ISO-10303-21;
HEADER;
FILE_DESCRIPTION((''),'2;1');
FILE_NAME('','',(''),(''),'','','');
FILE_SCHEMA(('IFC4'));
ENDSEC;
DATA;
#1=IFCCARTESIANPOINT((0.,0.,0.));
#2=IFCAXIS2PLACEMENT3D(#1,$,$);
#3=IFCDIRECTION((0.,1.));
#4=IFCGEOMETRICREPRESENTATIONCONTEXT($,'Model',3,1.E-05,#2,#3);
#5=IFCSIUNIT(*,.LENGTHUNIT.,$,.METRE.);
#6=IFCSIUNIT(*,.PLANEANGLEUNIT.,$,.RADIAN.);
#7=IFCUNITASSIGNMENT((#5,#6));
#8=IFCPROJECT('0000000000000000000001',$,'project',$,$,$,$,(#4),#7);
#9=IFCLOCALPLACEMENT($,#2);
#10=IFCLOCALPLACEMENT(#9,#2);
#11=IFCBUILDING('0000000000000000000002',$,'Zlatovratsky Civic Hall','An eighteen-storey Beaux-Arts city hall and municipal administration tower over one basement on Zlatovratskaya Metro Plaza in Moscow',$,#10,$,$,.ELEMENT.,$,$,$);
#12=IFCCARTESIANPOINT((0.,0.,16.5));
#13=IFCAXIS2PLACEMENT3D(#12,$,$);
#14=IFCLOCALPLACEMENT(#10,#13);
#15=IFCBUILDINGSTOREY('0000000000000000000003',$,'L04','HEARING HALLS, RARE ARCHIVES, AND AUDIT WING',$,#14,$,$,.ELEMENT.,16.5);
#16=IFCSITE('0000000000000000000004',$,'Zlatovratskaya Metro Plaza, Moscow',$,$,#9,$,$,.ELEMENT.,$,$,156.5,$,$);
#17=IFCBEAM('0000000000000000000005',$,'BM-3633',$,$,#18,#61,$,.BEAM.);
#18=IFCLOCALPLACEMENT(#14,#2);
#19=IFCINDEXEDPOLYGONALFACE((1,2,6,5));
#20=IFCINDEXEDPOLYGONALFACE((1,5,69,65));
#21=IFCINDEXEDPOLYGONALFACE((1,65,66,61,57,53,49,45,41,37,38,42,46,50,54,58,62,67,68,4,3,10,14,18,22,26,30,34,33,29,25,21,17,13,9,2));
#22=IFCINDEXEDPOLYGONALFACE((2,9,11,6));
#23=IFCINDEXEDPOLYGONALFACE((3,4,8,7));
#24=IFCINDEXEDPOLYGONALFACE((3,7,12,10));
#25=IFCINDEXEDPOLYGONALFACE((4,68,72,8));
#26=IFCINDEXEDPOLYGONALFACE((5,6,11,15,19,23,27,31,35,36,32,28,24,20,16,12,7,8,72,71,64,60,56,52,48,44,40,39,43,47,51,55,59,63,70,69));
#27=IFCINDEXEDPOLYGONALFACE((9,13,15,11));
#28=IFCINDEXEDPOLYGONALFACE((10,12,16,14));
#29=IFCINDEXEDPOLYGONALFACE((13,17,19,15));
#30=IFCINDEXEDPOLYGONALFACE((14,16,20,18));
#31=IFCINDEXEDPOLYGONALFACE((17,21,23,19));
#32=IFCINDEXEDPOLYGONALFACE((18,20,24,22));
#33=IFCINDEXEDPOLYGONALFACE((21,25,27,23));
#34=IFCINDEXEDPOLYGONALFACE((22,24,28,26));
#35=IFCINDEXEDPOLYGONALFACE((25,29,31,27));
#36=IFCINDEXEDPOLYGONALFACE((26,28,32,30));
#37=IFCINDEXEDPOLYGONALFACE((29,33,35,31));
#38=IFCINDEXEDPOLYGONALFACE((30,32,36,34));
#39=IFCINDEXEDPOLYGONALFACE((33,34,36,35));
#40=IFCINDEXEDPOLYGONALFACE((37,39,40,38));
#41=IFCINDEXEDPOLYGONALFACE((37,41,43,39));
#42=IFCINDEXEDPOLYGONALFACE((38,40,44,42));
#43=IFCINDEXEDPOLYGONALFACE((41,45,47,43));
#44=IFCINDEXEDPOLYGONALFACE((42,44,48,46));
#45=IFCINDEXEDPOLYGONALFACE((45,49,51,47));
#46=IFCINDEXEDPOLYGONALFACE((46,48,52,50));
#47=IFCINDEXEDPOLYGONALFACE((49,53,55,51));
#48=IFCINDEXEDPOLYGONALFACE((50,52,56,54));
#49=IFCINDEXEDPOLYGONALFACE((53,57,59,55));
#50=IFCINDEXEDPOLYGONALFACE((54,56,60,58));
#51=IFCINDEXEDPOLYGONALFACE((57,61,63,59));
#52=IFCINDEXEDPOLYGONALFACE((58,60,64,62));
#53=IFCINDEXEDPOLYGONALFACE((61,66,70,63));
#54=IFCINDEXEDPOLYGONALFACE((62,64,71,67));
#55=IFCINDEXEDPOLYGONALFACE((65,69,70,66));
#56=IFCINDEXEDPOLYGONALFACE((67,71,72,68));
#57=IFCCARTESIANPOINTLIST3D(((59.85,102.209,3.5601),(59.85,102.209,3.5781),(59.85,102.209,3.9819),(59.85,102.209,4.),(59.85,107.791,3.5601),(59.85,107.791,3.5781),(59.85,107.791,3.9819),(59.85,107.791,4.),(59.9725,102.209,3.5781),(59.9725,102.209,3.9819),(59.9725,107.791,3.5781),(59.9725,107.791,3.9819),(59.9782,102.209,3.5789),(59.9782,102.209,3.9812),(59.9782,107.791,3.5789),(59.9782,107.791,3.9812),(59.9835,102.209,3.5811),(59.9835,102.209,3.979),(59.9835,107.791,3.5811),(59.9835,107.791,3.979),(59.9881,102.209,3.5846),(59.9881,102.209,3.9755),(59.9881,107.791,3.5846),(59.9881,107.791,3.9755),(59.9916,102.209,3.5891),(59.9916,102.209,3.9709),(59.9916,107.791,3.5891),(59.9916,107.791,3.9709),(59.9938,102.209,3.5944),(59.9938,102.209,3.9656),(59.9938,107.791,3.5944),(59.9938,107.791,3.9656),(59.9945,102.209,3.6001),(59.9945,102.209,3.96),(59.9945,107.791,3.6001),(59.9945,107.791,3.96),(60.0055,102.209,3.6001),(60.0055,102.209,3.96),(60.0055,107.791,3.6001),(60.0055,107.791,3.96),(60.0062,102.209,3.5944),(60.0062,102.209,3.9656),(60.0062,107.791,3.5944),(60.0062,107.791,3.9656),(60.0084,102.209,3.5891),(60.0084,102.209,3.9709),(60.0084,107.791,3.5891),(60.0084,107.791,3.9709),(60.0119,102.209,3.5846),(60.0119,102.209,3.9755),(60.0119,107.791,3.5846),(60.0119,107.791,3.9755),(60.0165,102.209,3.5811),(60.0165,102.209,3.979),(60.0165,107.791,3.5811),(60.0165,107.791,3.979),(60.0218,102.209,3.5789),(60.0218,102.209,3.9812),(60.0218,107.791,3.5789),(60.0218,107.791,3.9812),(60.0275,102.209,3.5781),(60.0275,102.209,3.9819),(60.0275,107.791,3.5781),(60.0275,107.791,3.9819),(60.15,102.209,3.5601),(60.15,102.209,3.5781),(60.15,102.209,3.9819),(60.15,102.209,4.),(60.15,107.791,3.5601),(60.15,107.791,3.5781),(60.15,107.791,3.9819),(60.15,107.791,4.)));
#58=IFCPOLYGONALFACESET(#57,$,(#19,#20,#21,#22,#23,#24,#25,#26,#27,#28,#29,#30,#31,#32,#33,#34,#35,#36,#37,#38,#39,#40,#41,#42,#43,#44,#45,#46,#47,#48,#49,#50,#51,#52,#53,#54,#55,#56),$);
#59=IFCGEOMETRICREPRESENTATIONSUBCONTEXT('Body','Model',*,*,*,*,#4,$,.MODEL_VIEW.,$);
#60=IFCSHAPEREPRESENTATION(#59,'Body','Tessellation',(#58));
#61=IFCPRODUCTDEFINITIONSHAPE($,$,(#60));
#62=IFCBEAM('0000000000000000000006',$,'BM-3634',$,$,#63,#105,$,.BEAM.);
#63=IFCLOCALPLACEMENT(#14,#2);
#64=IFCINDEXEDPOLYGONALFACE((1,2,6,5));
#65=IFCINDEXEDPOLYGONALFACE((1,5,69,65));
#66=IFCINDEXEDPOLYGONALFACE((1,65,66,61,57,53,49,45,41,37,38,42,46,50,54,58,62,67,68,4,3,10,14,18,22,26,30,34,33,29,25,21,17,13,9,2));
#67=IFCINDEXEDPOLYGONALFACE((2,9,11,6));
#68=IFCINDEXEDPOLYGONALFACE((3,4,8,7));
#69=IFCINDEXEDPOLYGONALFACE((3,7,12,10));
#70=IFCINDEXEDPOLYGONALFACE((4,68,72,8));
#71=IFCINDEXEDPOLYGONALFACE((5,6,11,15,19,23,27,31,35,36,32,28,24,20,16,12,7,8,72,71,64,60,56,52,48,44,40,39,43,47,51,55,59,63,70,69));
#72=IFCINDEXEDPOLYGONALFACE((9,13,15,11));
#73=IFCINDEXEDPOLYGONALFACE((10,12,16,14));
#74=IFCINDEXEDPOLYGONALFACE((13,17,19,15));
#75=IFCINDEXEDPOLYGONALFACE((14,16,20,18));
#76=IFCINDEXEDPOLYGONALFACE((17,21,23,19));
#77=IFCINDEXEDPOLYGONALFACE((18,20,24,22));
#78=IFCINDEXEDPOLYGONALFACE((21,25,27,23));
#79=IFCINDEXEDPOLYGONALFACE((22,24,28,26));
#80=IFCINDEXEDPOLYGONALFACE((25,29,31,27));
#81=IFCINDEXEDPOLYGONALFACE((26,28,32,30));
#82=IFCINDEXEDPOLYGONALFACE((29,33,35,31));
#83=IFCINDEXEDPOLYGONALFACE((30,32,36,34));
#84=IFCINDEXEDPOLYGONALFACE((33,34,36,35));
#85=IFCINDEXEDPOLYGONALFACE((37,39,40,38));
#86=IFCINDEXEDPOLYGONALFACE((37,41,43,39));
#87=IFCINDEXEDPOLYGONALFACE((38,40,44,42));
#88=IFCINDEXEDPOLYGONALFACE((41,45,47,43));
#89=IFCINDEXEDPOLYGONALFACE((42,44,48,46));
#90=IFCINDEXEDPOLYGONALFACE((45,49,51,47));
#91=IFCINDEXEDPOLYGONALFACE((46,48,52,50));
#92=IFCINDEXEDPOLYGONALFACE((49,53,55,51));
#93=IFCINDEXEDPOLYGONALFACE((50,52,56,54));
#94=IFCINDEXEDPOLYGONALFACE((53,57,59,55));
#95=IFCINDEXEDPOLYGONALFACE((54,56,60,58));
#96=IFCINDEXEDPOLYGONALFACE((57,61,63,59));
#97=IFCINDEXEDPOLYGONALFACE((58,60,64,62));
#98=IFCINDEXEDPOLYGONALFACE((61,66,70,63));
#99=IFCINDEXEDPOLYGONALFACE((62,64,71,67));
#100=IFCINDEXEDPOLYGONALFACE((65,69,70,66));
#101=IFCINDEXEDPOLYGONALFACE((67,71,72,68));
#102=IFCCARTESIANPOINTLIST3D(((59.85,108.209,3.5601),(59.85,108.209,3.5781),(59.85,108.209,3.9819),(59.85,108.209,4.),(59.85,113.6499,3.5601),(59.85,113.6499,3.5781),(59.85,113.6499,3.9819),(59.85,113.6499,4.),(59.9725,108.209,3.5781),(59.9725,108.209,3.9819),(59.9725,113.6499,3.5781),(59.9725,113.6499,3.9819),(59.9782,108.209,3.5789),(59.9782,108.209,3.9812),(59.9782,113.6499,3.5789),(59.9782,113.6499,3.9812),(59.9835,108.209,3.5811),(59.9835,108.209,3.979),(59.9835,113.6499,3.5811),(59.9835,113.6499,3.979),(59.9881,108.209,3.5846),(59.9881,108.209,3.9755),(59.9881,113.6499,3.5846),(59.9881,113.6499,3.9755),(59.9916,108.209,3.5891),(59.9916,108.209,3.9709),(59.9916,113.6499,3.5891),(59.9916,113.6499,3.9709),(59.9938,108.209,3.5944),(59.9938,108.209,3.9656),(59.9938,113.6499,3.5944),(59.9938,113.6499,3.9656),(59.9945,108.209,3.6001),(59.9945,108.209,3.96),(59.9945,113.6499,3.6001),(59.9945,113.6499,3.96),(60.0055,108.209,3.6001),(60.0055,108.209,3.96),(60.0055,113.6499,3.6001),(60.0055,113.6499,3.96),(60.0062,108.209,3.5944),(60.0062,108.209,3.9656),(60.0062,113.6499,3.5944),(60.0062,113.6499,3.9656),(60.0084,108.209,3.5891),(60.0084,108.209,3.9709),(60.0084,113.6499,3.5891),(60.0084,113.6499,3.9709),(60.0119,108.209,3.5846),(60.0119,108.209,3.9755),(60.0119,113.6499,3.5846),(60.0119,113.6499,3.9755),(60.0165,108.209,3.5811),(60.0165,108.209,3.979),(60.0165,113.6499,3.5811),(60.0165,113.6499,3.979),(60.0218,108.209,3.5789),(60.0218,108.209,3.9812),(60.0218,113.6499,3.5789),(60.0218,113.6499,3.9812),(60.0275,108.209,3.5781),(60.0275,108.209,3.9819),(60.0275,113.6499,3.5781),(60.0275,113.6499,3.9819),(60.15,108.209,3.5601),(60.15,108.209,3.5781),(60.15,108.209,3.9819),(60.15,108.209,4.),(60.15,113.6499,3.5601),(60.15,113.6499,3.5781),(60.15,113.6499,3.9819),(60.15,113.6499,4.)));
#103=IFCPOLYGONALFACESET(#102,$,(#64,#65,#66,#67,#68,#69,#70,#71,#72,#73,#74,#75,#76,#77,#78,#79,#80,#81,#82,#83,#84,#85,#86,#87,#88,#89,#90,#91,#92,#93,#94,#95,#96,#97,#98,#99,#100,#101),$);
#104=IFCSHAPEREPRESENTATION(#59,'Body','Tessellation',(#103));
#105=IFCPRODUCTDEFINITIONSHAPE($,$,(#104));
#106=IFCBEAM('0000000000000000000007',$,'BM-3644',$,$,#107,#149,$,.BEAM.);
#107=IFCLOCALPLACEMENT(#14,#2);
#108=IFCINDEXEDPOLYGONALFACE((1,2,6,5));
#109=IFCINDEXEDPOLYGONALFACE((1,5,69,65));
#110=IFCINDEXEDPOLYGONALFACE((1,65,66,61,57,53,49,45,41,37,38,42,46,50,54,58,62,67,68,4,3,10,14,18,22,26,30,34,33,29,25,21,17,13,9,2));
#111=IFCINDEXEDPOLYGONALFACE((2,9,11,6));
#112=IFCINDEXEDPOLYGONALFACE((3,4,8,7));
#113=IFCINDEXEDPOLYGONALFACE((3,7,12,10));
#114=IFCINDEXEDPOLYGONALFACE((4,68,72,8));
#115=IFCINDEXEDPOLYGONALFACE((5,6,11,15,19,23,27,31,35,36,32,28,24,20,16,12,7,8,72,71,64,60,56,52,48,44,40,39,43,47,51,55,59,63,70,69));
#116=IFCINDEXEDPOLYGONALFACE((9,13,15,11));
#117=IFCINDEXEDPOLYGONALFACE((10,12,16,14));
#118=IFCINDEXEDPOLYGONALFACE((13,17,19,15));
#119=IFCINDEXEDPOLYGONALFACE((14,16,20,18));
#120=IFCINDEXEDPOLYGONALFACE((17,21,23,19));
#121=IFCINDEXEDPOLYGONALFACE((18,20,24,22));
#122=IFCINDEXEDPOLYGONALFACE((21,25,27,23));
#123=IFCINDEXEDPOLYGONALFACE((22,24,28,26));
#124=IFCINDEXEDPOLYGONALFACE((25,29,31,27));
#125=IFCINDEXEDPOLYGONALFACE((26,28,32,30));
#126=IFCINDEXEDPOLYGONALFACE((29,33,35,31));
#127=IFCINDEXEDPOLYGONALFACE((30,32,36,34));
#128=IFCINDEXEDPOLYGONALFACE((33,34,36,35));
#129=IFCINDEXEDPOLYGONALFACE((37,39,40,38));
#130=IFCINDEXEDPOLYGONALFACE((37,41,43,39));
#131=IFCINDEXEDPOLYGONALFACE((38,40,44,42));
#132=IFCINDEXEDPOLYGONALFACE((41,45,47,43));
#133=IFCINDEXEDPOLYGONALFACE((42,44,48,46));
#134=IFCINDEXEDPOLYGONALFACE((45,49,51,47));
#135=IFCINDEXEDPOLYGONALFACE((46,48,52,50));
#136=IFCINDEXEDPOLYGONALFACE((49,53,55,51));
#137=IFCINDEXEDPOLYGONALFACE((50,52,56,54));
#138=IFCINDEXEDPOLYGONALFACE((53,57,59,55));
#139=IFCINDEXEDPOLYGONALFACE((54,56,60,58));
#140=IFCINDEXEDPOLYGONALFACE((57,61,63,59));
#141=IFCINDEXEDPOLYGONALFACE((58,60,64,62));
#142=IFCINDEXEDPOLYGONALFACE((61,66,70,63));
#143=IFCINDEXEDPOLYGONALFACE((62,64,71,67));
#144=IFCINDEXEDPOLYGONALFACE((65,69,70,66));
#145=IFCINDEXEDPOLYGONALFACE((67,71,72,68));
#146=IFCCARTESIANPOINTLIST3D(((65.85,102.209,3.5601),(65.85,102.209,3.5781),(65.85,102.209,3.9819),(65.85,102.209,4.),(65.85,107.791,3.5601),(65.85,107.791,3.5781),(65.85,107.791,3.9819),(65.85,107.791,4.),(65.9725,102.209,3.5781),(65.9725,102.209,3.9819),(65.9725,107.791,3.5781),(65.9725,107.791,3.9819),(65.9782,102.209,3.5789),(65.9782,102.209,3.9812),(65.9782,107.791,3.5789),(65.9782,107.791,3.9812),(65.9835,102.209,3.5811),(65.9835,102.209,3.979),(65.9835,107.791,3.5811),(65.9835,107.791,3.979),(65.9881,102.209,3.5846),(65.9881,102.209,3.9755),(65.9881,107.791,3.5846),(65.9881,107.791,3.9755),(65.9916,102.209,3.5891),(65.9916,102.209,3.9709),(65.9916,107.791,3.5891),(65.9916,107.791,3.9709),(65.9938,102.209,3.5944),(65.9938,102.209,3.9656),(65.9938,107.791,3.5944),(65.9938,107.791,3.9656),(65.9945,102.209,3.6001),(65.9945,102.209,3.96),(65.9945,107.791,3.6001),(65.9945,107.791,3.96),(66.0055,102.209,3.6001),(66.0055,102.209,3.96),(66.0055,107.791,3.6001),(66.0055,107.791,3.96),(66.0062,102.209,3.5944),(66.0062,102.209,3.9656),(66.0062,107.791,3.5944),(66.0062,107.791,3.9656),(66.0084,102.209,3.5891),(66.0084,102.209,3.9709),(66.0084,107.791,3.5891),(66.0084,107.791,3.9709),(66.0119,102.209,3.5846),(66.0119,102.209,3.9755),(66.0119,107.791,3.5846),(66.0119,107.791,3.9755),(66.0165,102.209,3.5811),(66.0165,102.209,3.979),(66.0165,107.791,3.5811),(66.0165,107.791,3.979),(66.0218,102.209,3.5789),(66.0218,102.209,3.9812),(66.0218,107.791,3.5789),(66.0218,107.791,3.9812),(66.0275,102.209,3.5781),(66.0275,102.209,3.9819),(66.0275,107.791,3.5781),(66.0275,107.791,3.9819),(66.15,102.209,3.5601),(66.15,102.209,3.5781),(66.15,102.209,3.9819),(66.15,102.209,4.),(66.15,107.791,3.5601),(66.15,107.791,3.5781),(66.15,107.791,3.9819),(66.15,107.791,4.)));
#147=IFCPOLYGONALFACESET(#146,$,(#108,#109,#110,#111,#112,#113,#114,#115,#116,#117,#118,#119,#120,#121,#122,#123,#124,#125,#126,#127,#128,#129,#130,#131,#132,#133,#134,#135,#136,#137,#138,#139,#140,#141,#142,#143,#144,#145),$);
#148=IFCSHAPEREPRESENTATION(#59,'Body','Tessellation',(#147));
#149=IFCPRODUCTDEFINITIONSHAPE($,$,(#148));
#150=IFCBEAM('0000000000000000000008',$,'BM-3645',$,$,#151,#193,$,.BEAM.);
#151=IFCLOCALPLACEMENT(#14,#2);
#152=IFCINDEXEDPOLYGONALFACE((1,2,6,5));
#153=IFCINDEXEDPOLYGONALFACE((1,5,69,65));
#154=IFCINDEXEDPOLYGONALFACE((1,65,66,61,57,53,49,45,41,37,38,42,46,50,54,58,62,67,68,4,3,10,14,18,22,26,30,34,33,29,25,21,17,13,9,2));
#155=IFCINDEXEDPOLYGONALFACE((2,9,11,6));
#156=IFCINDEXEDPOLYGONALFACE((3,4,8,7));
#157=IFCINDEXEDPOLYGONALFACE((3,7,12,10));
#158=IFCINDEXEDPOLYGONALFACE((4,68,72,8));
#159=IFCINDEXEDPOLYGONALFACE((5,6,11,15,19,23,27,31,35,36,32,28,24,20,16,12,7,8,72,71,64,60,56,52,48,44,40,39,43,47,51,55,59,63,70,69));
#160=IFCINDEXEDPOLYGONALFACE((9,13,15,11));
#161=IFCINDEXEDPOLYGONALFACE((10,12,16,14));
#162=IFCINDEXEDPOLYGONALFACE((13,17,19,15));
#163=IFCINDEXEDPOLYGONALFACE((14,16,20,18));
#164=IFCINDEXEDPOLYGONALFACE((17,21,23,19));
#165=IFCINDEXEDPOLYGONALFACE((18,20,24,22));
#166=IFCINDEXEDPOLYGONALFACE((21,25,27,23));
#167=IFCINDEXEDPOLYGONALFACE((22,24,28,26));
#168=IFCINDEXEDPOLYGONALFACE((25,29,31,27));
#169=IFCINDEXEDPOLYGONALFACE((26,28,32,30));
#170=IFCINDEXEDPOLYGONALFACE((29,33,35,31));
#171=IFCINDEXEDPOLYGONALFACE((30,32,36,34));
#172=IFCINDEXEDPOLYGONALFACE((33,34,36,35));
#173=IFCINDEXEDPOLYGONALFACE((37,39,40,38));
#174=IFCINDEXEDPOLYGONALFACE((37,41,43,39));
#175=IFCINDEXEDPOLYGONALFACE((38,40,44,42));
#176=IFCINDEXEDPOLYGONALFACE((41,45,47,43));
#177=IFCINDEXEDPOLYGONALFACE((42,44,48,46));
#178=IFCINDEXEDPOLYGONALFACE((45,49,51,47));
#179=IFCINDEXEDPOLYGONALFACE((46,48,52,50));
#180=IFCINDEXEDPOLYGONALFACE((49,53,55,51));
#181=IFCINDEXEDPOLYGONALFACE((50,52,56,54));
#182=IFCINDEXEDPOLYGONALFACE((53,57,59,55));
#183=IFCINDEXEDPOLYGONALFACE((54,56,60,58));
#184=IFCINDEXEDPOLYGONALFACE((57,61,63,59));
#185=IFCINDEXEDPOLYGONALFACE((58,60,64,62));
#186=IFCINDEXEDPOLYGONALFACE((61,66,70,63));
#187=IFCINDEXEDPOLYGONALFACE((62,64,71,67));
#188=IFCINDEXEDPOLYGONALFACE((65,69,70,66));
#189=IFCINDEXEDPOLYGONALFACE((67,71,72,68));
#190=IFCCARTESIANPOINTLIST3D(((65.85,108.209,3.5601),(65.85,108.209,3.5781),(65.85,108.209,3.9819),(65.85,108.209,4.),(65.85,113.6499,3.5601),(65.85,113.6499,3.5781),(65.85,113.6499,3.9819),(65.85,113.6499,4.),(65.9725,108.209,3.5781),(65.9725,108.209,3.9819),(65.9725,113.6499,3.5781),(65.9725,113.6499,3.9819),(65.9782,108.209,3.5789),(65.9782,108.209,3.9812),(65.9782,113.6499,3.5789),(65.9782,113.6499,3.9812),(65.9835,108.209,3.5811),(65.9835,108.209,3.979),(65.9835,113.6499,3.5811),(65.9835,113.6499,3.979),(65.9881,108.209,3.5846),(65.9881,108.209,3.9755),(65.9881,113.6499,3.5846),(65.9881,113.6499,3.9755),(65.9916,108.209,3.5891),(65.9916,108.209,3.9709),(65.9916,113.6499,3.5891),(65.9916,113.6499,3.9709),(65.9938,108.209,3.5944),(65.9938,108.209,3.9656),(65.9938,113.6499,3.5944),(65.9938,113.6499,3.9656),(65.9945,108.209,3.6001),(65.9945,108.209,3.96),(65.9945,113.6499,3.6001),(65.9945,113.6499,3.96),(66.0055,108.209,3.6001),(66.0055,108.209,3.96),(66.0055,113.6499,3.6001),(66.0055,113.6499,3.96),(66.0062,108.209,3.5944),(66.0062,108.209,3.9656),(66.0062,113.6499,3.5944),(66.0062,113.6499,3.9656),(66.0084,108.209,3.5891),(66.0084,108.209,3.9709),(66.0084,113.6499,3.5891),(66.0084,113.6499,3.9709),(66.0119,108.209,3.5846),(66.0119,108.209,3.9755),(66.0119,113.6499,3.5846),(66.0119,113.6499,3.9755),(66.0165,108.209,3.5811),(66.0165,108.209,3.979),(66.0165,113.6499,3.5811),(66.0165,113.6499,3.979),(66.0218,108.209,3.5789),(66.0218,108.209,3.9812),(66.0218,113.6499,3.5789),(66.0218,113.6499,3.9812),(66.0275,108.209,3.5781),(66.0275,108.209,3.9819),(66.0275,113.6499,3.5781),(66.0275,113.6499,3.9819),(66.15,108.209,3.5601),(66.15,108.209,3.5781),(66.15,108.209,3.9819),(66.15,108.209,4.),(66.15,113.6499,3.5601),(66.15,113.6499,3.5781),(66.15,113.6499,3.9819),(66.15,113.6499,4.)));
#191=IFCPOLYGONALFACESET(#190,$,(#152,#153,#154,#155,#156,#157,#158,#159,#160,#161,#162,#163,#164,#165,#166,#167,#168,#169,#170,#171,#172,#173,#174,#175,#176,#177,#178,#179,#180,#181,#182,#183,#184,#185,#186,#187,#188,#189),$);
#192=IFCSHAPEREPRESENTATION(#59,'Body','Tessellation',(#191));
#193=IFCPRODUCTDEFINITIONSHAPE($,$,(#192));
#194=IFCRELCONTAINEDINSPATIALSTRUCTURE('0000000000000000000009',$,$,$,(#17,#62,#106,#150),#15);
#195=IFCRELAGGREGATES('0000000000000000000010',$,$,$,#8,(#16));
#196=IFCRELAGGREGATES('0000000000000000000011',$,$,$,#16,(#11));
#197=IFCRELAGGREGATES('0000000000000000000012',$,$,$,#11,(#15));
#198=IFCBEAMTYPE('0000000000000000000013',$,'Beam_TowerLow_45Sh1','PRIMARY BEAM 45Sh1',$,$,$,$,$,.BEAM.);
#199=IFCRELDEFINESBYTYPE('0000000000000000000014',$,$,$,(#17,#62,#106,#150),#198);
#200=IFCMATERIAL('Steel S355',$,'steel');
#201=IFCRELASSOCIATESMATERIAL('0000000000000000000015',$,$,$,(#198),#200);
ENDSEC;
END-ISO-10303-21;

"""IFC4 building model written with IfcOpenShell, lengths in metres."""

from ifc_helpers import new_model, si_unit, direction, frame, origin, origin_2d, place, context, subcontext, project, spatial, i_section, extrude, material, material_profile, profile_set, type_object, element, save


model = new_model("IFC4")

# Units and contexts
model_context = context("Model", 3, precision=1e-05, world=origin(), true_north=direction((0.0, 1.0)))
body_context = subcontext(model_context, "Body", "Model", "MODEL_VIEW")
ifc_project = project(units=[si_unit("LENGTHUNIT", "METRE"), si_unit("PLANEANGLEUNIT", "RADIAN")], contexts=[model_context])

# Site, building, storey
site_placement = place(None, origin())
site = spatial("IfcSite", under=ifc_project, at=site_placement, Name="Zlatovratskaya Metro Plaza, Moscow", CompositionType="ELEMENT", RefElevation=156.5)
building_placement = place(site_placement, origin())
building = spatial("IfcBuilding", under=site, at=building_placement, Name="Zlatovratsky Civic Hall", Description="An eighteen-storey Beaux-Arts city hall and municipal administration tower over one basement on Zlatovratskaya Metro Plaza in Moscow", CompositionType="ELEMENT")
storey_placement = place(building_placement, frame((0.0, 0.0, 16.5)))
storey = spatial("IfcBuildingStorey", under=building, at=storey_placement, Name="L04", Description="HEARING HALLS, RARE ARCHIVES, AND AUDIT WING", CompositionType="ELEMENT", Elevation=16.5)

# Shared definitions
ifc_material_1 = material(Name="Steel S355", Category="steel")

# Beams
ifc_material_profile_1 = material_profile(ifc_material_1, i_section(OverallWidth=0.3, OverallDepth=0.4399, WebThickness=0.011, FlangeThickness=0.0181, FilletRadius=0.022, at=origin_2d()), Name="45Sh1")
ifc_profile_set_1 = profile_set([ifc_material_profile_1], Name="Steel S355")
beam_type_1 = type_object("IfcBeamType", Name="Beam_TowerLow_45Sh1", Description="PRIMARY BEAM 45Sh1", PredefinedType="BEAM", material=ifc_profile_set_1)
beam_1_placement = place(storey_placement, frame((60.0, 102.209, 3.78), z_axis=(0.0, 1.0, 0.0), x_axis=(-1.0, 0.0, 0.0)))
element("IfcBeam", 1, at=beam_1_placement, inside=storey, type_object=beam_type_1, Name="BM-3633", PredefinedType="BEAM", context=body_context, shape_type="SweptSolid", body=[
    extrude(i_section(OverallWidth=0.3, OverallDepth=0.4399, WebThickness=0.011, FlangeThickness=0.0181, FilletRadius=0.022, at=origin_2d()), origin(), (0.0, 0.0, 1.0), 5.582),
])
beam_2_placement = place(storey_placement, frame((60.0, 108.209, 3.78), z_axis=(0.0, 1.0, 0.0), x_axis=(-1.0, 0.0, 0.0)))
element("IfcBeam", 2, at=beam_2_placement, inside=storey, type_object=beam_type_1, Name="BM-3634", PredefinedType="BEAM", context=body_context, shape_type="SweptSolid", body=[
    extrude(i_section(OverallWidth=0.3, OverallDepth=0.4399, WebThickness=0.011, FlangeThickness=0.0181, FilletRadius=0.022, at=origin_2d()), origin(), (0.0, 0.0, 1.0), 5.4409),
])
beam_3_placement = place(storey_placement, frame((66.0, 102.209, 3.78), z_axis=(0.0, 1.0, 0.0), x_axis=(-1.0, 0.0, 0.0)))
element("IfcBeam", 3, at=beam_3_placement, inside=storey, type_object=beam_type_1, Name="BM-3644", PredefinedType="BEAM", context=body_context, shape_type="SweptSolid", body=[
    extrude(i_section(OverallWidth=0.3, OverallDepth=0.4399, WebThickness=0.011, FlangeThickness=0.0181, FilletRadius=0.022, at=origin_2d()), origin(), (0.0, 0.0, 1.0), 5.582),
])
beam_4_placement = place(storey_placement, frame((66.0, 108.209, 3.78), z_axis=(0.0, 1.0, 0.0), x_axis=(-1.0, 0.0, 0.0)))
element("IfcBeam", 4, at=beam_4_placement, inside=storey, type_object=beam_type_1, Name="BM-3645", PredefinedType="BEAM", context=body_context, shape_type="SweptSolid", body=[
    extrude(i_section(OverallWidth=0.3, OverallDepth=0.4399, WebThickness=0.011, FlangeThickness=0.0181, FilletRadius=0.022, at=origin_2d()), origin(), (0.0, 0.0, 1.0), 5.4409),
])

save(model, "model.ifc")
